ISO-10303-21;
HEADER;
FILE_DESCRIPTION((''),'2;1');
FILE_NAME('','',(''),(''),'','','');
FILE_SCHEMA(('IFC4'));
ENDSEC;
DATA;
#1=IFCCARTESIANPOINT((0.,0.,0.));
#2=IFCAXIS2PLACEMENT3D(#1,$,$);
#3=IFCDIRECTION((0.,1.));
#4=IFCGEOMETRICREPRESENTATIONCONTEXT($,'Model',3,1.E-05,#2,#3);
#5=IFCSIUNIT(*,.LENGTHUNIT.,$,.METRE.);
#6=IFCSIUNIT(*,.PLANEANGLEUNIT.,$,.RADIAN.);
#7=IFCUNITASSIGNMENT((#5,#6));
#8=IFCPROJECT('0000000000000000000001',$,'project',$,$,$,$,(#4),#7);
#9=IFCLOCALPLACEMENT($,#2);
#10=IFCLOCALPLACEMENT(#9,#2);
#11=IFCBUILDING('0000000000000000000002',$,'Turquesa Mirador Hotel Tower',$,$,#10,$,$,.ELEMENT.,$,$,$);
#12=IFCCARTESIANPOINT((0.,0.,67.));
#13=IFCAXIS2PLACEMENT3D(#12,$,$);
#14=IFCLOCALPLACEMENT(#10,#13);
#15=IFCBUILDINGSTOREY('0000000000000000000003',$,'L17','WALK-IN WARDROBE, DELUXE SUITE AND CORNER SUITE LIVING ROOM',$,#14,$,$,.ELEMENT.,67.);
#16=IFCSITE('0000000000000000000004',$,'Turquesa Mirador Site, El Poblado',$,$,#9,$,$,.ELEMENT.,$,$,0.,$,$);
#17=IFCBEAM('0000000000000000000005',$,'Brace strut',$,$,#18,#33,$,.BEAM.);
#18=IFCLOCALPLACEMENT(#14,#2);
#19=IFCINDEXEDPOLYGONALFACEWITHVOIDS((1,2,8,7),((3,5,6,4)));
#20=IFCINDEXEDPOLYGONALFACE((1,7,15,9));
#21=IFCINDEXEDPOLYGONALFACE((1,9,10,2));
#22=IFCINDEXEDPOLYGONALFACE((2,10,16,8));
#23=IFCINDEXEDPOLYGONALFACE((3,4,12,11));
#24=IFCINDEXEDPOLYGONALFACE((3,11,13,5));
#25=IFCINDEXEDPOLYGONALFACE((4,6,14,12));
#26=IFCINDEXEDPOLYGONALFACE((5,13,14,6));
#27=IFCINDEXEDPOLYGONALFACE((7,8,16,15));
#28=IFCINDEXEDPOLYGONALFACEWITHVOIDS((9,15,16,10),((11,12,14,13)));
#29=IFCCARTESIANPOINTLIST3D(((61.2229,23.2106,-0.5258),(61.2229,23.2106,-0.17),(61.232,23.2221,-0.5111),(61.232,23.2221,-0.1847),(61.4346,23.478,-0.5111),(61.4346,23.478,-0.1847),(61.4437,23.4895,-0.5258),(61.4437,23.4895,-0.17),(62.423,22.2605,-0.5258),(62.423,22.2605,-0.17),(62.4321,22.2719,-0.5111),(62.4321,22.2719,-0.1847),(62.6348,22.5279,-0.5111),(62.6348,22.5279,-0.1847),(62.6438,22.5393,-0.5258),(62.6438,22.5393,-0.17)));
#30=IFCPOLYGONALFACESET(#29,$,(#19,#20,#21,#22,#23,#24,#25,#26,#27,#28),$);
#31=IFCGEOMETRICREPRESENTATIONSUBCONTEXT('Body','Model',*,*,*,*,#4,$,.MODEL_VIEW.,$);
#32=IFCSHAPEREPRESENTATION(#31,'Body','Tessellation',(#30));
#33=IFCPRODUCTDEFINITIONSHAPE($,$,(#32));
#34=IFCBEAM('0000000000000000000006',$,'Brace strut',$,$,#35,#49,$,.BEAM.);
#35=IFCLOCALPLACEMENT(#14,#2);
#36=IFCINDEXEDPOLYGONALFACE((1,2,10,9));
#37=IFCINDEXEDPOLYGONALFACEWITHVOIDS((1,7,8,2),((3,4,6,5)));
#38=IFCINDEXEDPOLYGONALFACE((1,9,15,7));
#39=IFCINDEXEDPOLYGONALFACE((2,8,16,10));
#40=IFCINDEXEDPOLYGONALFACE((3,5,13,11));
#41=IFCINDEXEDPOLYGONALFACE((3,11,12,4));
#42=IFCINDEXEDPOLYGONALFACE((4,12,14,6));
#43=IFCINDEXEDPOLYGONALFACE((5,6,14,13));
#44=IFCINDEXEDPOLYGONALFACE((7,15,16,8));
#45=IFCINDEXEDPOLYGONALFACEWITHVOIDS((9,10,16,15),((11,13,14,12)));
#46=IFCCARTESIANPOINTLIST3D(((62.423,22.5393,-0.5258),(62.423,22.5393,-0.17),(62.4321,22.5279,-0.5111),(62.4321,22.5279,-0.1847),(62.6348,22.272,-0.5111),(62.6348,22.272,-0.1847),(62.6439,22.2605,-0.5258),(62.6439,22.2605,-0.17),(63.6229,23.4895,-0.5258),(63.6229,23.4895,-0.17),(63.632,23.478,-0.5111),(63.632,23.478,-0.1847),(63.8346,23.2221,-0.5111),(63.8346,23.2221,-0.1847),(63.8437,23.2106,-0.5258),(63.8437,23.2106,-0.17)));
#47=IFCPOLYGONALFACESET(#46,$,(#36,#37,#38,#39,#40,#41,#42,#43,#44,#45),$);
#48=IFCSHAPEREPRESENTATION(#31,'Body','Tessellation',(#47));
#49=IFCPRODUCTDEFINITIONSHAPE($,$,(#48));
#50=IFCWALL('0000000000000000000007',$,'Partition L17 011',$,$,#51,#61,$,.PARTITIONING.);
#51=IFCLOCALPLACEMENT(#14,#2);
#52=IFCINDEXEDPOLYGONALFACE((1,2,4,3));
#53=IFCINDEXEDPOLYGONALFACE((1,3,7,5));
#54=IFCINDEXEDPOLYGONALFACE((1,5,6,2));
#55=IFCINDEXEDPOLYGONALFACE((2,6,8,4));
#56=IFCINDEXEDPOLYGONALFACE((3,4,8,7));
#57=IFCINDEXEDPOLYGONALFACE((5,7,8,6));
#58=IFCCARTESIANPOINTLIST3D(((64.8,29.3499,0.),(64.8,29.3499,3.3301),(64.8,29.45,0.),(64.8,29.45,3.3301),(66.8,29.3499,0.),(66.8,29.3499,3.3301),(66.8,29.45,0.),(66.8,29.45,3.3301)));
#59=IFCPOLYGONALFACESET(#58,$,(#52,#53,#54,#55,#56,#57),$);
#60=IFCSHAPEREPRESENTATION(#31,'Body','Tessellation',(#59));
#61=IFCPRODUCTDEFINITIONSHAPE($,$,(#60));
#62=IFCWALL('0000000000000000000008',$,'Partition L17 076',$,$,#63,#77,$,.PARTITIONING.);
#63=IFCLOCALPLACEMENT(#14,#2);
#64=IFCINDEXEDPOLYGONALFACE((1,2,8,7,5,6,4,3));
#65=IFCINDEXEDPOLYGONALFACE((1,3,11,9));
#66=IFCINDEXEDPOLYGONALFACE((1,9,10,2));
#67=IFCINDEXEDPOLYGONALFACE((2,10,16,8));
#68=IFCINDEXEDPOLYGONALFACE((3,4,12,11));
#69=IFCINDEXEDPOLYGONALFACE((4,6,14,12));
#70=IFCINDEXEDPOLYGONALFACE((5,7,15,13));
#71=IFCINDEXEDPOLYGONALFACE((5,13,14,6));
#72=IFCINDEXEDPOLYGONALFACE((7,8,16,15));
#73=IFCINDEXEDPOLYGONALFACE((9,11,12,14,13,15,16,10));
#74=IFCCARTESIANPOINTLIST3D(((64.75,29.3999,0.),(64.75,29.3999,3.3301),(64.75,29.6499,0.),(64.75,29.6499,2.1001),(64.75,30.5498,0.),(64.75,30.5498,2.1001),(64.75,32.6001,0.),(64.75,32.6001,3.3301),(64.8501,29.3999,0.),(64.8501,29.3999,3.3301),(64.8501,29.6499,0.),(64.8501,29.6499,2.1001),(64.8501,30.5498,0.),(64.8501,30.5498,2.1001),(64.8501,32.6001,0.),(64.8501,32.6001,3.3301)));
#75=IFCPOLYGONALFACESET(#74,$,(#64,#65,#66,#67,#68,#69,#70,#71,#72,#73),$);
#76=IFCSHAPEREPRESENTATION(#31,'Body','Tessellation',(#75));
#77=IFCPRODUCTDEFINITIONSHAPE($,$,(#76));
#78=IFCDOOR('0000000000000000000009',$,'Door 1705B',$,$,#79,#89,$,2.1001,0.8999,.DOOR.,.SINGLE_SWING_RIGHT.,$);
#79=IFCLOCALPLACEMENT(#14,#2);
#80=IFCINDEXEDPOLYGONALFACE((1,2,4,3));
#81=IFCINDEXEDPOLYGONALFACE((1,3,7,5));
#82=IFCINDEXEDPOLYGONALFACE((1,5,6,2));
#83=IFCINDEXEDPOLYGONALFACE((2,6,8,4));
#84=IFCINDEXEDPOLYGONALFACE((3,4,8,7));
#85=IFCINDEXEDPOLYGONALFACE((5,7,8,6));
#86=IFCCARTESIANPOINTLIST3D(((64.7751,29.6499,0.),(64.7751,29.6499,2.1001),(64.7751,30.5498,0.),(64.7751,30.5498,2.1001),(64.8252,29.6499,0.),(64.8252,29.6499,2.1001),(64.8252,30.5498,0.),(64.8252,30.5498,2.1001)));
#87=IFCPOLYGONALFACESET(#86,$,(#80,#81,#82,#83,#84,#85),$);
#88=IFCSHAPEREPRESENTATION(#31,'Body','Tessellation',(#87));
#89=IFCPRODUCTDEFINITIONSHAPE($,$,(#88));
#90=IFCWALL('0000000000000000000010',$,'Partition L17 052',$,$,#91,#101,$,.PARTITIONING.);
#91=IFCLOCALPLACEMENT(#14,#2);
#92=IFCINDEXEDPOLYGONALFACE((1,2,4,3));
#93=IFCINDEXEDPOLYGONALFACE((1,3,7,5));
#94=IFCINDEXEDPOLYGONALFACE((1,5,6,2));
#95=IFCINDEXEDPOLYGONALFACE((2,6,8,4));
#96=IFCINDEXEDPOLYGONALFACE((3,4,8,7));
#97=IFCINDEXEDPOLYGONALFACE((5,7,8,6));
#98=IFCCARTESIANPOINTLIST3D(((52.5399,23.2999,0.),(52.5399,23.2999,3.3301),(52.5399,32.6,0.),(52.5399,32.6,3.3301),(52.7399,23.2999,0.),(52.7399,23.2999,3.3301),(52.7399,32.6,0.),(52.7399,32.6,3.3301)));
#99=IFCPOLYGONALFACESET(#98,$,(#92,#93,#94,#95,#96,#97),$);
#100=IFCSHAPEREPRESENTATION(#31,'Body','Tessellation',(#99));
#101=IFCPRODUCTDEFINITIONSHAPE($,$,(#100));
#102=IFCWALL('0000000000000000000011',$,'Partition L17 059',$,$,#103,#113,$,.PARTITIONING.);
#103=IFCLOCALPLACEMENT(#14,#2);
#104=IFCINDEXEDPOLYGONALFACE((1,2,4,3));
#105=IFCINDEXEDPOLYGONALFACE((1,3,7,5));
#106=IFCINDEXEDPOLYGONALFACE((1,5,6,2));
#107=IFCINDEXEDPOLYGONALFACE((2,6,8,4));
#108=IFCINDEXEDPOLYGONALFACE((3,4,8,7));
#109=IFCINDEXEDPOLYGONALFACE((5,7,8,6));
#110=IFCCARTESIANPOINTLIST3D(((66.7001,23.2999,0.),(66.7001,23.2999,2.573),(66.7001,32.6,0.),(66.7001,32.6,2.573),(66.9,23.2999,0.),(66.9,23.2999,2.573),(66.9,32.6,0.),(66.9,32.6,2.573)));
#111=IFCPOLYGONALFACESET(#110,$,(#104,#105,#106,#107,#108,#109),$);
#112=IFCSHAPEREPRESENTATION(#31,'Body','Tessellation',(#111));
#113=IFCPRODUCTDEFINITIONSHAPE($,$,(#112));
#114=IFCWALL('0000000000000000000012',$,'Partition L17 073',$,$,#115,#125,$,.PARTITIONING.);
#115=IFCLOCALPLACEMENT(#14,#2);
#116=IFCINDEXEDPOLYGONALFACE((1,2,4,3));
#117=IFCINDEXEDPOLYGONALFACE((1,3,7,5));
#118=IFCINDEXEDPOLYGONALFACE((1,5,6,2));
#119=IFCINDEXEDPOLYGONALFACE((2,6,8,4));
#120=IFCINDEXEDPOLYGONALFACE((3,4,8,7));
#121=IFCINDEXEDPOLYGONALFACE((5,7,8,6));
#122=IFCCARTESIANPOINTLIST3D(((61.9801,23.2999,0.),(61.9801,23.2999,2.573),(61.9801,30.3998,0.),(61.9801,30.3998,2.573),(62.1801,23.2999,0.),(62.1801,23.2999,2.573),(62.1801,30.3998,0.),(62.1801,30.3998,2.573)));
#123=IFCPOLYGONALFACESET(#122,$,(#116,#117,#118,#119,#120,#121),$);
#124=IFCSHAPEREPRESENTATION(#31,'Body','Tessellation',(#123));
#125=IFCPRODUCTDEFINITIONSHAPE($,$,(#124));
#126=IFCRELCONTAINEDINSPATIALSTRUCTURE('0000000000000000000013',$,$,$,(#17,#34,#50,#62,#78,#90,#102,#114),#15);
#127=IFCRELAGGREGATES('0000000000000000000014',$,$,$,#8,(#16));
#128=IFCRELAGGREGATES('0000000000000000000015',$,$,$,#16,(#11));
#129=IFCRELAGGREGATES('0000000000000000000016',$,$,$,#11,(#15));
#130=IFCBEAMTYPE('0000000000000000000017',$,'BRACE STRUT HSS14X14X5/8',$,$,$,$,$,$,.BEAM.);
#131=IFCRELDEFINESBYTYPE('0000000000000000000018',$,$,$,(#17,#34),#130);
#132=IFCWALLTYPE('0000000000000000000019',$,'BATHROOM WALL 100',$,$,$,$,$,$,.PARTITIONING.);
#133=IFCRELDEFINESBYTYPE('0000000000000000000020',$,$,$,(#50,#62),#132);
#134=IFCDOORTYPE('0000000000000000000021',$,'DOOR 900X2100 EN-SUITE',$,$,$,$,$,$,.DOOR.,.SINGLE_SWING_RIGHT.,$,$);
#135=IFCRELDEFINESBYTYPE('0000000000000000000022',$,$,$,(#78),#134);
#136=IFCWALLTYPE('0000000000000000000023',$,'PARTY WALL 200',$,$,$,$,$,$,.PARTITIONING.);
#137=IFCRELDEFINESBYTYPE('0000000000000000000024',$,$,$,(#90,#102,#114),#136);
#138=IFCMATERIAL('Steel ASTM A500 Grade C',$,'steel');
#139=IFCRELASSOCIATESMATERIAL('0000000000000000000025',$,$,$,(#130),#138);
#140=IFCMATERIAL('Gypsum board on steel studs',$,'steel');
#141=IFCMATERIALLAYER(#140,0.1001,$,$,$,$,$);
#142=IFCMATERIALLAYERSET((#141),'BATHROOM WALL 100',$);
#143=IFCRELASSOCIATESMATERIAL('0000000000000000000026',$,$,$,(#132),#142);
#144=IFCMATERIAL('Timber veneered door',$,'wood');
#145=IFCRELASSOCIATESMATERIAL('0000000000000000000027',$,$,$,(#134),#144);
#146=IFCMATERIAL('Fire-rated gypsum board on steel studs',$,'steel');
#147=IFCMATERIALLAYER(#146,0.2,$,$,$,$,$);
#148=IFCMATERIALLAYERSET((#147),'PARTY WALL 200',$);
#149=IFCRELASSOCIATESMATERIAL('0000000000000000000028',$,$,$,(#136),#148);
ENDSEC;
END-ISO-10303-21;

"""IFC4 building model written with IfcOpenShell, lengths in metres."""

from ifc_helpers import new_model, si_unit, direction, frame, frame_2d, origin, origin_2d, place, context, subcontext, project, spatial, rectangle, hollow_rectangle, extrude, material, layer, layer_set, material_profile, profile_set, type_object, element, fill, save


model = new_model("IFC4")

# Units and contexts
model_context = context("Model", 3, precision=1e-05, world=origin(), true_north=direction((0.0, 1.0)))
body_context = subcontext(model_context, "Body", "Model", "MODEL_VIEW")
ifc_project = project(units=[si_unit("LENGTHUNIT", "METRE"), si_unit("PLANEANGLEUNIT", "RADIAN")], contexts=[model_context])

# Site, building, storey
site_placement = place(None, origin())
site = spatial("IfcSite", under=ifc_project, at=site_placement, Name="Turquesa Mirador Site, El Poblado", CompositionType="ELEMENT", RefElevation=0.0)
building_placement = place(site_placement, origin())
building = spatial("IfcBuilding", under=site, at=building_placement, Name="Turquesa Mirador Hotel Tower", CompositionType="ELEMENT")
storey_placement = place(building_placement, frame((0.0, 0.0, 67.0)))
storey = spatial("IfcBuildingStorey", under=building, at=storey_placement, Name="L17", Description="WALK-IN WARDROBE, DELUXE SUITE AND CORNER SUITE LIVING ROOM", CompositionType="ELEMENT", Elevation=67.0)

# Beams
ifc_material_1 = material(Name="Steel ASTM A500 Grade C", Category="steel")
ifc_material_profile_1 = material_profile(ifc_material_1, hollow_rectangle(XDim=0.3557, YDim=0.3557, WallThickness=0.0146, at=origin_2d()), Name="HSS14X14X5/8")
ifc_profile_set_1 = profile_set([ifc_material_profile_1], Name="Steel ASTM A500 Grade C")
beam_type_1 = type_object("IfcBeamType", Name="BRACE STRUT HSS14X14X5/8", PredefinedType="BEAM", material=ifc_profile_set_1)
beam_1_placement = place(storey_placement, frame((62.5334, 22.3999, -0.3479), z_axis=(-0.784033, 0.620719, 0.0), x_axis=(-0.620719, -0.784033, 0.0)))
element("IfcBeam", 1, at=beam_1_placement, inside=storey, type_object=beam_type_1, Name="Brace strut", PredefinedType="BEAM", context=body_context, shape_type="SweptSolid", body=[
    extrude(hollow_rectangle(XDim=0.3557, YDim=0.3557, WallThickness=0.0146, at=origin_2d()), origin(), (0.0, 0.0, 1.0), 1.5308),
])
beam_2_placement = place(storey_placement, frame((62.5334, 22.3999, -0.3479), z_axis=(0.783971, 0.620797, 0.0), x_axis=(-0.620797, 0.783971, 0.0)))
element("IfcBeam", 2, at=beam_2_placement, inside=storey, type_object=beam_type_1, Name="Brace strut", PredefinedType="BEAM", context=body_context, shape_type="SweptSolid", body=[
    extrude(hollow_rectangle(XDim=0.3557, YDim=0.3557, WallThickness=0.0146, at=origin_2d()), origin(), (0.0, 0.0, 1.0), 1.5305),
])

# Wall
ifc_material_2 = material(Name="Gypsum board on steel studs", Category="steel")
ifc_layer_1 = layer(ifc_material_2, 0.1001)
ifc_layer_set_1 = layer_set([ifc_layer_1], Name="BATHROOM WALL 100")
wall_type_1 = type_object("IfcWallType", Name="BATHROOM WALL 100", PredefinedType="PARTITIONING", material=ifc_layer_set_1)
wall_1_placement = place(storey_placement, frame((64.8, 29.3999, 0.0), z_axis=(0.0, 0.0, 1.0), x_axis=(1.0, 0.0, 0.0)))
element("IfcWall", 3, at=wall_1_placement, inside=storey, type_object=wall_type_1, Name="Partition L17 011", PredefinedType="PARTITIONING", context=body_context, shape_type="SweptSolid", body=[
    extrude(rectangle(XDim=2.0, YDim=0.1001, at=frame_2d((1.0, 0.0))), origin(), (0.0, 0.0, 1.0), 3.3301),
])

# Wall, opening, door
wall_2_placement = place(storey_placement, frame((64.8, 29.3999, 0.0), z_axis=(0.0, 0.0, 1.0), x_axis=(0.0, 1.0, 0.0)))
wall_2 = element("IfcWall", 4, at=wall_2_placement, inside=storey, type_object=wall_type_1, Name="Partition L17 076", PredefinedType="PARTITIONING", context=body_context, shape_type="SweptSolid", body=[
    extrude(rectangle(XDim=3.2002, YDim=0.1001, at=frame_2d((1.6001, 0.0))), origin(), (0.0, 0.0, 1.0), 3.3301),
])
opening_placement = place(wall_2_placement, frame((0.25, 0.0, 0.0)))
opening = element("IfcOpeningElement", 5, at=opening_placement, cuts=wall_2, PredefinedType="OPENING", context=body_context, shape_type="SweptSolid", body=[
    extrude(rectangle(XDim=0.8999, YDim=2.1001, at=frame_2d((0.45, 1.05))), frame((0.0, 0.0601, 0.0), z_axis=(0.0, -1.0, 0.0), x_axis=(1.0, 0.0, 0.0)), (0.0, 0.0, 1.0), 0.1201),
])
ifc_material_3 = material(Name="Timber veneered door", Category="wood")
door_type = type_object("IfcDoorType", Name="DOOR 900X2100 EN-SUITE", OperationType="SINGLE_SWING_RIGHT", PredefinedType="DOOR", material=ifc_material_3)
door_placement = place(opening_placement, origin())
door = element("IfcDoor", 6, at=door_placement, inside=storey, type_object=door_type, Name="Door 1705B", OperationType="SINGLE_SWING_RIGHT", OverallHeight=2.1001, OverallWidth=0.8999, PredefinedType="DOOR", context=body_context, shape_type="SweptSolid", body=[
    extrude(rectangle(XDim=0.8999, YDim=2.1001, at=frame_2d((0.45, 1.05))), frame((0.0, 0.0249, 0.0), z_axis=(0.0, -1.0, 0.0), x_axis=(1.0, 0.0, 0.0)), (0.0, 0.0, 1.0), 0.05),
])
fill(opening, door)

# Walls
ifc_material_4 = material(Name="Fire-rated gypsum board on steel studs", Category="steel")
ifc_layer_2 = layer(ifc_material_4, 0.2)
ifc_layer_set_2 = layer_set([ifc_layer_2], Name="PARTY WALL 200")
wall_type_2 = type_object("IfcWallType", Name="PARTY WALL 200", PredefinedType="PARTITIONING", material=ifc_layer_set_2)
wall_3_placement = place(storey_placement, frame((52.6399, 23.3, 0.0), z_axis=(0.0, 0.0, 1.0), x_axis=(0.0, 1.0, 0.0)))
element("IfcWall", 7, at=wall_3_placement, inside=storey, type_object=wall_type_2, Name="Partition L17 052", PredefinedType="PARTITIONING", context=body_context, shape_type="SweptSolid", body=[
    extrude(rectangle(XDim=9.3, YDim=0.2, at=frame_2d((4.6499, 0.0))), origin(), (0.0, 0.0, 1.0), 3.3301),
])
wall_4_placement = place(storey_placement, frame((66.8, 23.3, 0.0), z_axis=(0.0, 0.0, 1.0), x_axis=(0.0, 1.0, 0.0)))
element("IfcWall", 8, at=wall_4_placement, inside=storey, type_object=wall_type_2, Name="Partition L17 059", PredefinedType="PARTITIONING", context=body_context, shape_type="SweptSolid", body=[
    extrude(rectangle(XDim=9.3, YDim=0.2, at=frame_2d((4.6499, 0.0))), origin(), (0.0, 0.0, 1.0), 2.573),
])
wall_5_placement = place(storey_placement, frame((62.0801, 23.3, 0.0), z_axis=(0.0, 0.0, 1.0), x_axis=(0.0, 1.0, 0.0)))
element("IfcWall", 9, at=wall_5_placement, inside=storey, type_object=wall_type_2, Name="Partition L17 073", PredefinedType="PARTITIONING", context=body_context, shape_type="SweptSolid", body=[
    extrude(rectangle(XDim=7.0999, YDim=0.2, at=frame_2d((3.5498, 0.0))), origin(), (0.0, 0.0, 1.0), 2.573),
])

save(model, "model.ifc")
